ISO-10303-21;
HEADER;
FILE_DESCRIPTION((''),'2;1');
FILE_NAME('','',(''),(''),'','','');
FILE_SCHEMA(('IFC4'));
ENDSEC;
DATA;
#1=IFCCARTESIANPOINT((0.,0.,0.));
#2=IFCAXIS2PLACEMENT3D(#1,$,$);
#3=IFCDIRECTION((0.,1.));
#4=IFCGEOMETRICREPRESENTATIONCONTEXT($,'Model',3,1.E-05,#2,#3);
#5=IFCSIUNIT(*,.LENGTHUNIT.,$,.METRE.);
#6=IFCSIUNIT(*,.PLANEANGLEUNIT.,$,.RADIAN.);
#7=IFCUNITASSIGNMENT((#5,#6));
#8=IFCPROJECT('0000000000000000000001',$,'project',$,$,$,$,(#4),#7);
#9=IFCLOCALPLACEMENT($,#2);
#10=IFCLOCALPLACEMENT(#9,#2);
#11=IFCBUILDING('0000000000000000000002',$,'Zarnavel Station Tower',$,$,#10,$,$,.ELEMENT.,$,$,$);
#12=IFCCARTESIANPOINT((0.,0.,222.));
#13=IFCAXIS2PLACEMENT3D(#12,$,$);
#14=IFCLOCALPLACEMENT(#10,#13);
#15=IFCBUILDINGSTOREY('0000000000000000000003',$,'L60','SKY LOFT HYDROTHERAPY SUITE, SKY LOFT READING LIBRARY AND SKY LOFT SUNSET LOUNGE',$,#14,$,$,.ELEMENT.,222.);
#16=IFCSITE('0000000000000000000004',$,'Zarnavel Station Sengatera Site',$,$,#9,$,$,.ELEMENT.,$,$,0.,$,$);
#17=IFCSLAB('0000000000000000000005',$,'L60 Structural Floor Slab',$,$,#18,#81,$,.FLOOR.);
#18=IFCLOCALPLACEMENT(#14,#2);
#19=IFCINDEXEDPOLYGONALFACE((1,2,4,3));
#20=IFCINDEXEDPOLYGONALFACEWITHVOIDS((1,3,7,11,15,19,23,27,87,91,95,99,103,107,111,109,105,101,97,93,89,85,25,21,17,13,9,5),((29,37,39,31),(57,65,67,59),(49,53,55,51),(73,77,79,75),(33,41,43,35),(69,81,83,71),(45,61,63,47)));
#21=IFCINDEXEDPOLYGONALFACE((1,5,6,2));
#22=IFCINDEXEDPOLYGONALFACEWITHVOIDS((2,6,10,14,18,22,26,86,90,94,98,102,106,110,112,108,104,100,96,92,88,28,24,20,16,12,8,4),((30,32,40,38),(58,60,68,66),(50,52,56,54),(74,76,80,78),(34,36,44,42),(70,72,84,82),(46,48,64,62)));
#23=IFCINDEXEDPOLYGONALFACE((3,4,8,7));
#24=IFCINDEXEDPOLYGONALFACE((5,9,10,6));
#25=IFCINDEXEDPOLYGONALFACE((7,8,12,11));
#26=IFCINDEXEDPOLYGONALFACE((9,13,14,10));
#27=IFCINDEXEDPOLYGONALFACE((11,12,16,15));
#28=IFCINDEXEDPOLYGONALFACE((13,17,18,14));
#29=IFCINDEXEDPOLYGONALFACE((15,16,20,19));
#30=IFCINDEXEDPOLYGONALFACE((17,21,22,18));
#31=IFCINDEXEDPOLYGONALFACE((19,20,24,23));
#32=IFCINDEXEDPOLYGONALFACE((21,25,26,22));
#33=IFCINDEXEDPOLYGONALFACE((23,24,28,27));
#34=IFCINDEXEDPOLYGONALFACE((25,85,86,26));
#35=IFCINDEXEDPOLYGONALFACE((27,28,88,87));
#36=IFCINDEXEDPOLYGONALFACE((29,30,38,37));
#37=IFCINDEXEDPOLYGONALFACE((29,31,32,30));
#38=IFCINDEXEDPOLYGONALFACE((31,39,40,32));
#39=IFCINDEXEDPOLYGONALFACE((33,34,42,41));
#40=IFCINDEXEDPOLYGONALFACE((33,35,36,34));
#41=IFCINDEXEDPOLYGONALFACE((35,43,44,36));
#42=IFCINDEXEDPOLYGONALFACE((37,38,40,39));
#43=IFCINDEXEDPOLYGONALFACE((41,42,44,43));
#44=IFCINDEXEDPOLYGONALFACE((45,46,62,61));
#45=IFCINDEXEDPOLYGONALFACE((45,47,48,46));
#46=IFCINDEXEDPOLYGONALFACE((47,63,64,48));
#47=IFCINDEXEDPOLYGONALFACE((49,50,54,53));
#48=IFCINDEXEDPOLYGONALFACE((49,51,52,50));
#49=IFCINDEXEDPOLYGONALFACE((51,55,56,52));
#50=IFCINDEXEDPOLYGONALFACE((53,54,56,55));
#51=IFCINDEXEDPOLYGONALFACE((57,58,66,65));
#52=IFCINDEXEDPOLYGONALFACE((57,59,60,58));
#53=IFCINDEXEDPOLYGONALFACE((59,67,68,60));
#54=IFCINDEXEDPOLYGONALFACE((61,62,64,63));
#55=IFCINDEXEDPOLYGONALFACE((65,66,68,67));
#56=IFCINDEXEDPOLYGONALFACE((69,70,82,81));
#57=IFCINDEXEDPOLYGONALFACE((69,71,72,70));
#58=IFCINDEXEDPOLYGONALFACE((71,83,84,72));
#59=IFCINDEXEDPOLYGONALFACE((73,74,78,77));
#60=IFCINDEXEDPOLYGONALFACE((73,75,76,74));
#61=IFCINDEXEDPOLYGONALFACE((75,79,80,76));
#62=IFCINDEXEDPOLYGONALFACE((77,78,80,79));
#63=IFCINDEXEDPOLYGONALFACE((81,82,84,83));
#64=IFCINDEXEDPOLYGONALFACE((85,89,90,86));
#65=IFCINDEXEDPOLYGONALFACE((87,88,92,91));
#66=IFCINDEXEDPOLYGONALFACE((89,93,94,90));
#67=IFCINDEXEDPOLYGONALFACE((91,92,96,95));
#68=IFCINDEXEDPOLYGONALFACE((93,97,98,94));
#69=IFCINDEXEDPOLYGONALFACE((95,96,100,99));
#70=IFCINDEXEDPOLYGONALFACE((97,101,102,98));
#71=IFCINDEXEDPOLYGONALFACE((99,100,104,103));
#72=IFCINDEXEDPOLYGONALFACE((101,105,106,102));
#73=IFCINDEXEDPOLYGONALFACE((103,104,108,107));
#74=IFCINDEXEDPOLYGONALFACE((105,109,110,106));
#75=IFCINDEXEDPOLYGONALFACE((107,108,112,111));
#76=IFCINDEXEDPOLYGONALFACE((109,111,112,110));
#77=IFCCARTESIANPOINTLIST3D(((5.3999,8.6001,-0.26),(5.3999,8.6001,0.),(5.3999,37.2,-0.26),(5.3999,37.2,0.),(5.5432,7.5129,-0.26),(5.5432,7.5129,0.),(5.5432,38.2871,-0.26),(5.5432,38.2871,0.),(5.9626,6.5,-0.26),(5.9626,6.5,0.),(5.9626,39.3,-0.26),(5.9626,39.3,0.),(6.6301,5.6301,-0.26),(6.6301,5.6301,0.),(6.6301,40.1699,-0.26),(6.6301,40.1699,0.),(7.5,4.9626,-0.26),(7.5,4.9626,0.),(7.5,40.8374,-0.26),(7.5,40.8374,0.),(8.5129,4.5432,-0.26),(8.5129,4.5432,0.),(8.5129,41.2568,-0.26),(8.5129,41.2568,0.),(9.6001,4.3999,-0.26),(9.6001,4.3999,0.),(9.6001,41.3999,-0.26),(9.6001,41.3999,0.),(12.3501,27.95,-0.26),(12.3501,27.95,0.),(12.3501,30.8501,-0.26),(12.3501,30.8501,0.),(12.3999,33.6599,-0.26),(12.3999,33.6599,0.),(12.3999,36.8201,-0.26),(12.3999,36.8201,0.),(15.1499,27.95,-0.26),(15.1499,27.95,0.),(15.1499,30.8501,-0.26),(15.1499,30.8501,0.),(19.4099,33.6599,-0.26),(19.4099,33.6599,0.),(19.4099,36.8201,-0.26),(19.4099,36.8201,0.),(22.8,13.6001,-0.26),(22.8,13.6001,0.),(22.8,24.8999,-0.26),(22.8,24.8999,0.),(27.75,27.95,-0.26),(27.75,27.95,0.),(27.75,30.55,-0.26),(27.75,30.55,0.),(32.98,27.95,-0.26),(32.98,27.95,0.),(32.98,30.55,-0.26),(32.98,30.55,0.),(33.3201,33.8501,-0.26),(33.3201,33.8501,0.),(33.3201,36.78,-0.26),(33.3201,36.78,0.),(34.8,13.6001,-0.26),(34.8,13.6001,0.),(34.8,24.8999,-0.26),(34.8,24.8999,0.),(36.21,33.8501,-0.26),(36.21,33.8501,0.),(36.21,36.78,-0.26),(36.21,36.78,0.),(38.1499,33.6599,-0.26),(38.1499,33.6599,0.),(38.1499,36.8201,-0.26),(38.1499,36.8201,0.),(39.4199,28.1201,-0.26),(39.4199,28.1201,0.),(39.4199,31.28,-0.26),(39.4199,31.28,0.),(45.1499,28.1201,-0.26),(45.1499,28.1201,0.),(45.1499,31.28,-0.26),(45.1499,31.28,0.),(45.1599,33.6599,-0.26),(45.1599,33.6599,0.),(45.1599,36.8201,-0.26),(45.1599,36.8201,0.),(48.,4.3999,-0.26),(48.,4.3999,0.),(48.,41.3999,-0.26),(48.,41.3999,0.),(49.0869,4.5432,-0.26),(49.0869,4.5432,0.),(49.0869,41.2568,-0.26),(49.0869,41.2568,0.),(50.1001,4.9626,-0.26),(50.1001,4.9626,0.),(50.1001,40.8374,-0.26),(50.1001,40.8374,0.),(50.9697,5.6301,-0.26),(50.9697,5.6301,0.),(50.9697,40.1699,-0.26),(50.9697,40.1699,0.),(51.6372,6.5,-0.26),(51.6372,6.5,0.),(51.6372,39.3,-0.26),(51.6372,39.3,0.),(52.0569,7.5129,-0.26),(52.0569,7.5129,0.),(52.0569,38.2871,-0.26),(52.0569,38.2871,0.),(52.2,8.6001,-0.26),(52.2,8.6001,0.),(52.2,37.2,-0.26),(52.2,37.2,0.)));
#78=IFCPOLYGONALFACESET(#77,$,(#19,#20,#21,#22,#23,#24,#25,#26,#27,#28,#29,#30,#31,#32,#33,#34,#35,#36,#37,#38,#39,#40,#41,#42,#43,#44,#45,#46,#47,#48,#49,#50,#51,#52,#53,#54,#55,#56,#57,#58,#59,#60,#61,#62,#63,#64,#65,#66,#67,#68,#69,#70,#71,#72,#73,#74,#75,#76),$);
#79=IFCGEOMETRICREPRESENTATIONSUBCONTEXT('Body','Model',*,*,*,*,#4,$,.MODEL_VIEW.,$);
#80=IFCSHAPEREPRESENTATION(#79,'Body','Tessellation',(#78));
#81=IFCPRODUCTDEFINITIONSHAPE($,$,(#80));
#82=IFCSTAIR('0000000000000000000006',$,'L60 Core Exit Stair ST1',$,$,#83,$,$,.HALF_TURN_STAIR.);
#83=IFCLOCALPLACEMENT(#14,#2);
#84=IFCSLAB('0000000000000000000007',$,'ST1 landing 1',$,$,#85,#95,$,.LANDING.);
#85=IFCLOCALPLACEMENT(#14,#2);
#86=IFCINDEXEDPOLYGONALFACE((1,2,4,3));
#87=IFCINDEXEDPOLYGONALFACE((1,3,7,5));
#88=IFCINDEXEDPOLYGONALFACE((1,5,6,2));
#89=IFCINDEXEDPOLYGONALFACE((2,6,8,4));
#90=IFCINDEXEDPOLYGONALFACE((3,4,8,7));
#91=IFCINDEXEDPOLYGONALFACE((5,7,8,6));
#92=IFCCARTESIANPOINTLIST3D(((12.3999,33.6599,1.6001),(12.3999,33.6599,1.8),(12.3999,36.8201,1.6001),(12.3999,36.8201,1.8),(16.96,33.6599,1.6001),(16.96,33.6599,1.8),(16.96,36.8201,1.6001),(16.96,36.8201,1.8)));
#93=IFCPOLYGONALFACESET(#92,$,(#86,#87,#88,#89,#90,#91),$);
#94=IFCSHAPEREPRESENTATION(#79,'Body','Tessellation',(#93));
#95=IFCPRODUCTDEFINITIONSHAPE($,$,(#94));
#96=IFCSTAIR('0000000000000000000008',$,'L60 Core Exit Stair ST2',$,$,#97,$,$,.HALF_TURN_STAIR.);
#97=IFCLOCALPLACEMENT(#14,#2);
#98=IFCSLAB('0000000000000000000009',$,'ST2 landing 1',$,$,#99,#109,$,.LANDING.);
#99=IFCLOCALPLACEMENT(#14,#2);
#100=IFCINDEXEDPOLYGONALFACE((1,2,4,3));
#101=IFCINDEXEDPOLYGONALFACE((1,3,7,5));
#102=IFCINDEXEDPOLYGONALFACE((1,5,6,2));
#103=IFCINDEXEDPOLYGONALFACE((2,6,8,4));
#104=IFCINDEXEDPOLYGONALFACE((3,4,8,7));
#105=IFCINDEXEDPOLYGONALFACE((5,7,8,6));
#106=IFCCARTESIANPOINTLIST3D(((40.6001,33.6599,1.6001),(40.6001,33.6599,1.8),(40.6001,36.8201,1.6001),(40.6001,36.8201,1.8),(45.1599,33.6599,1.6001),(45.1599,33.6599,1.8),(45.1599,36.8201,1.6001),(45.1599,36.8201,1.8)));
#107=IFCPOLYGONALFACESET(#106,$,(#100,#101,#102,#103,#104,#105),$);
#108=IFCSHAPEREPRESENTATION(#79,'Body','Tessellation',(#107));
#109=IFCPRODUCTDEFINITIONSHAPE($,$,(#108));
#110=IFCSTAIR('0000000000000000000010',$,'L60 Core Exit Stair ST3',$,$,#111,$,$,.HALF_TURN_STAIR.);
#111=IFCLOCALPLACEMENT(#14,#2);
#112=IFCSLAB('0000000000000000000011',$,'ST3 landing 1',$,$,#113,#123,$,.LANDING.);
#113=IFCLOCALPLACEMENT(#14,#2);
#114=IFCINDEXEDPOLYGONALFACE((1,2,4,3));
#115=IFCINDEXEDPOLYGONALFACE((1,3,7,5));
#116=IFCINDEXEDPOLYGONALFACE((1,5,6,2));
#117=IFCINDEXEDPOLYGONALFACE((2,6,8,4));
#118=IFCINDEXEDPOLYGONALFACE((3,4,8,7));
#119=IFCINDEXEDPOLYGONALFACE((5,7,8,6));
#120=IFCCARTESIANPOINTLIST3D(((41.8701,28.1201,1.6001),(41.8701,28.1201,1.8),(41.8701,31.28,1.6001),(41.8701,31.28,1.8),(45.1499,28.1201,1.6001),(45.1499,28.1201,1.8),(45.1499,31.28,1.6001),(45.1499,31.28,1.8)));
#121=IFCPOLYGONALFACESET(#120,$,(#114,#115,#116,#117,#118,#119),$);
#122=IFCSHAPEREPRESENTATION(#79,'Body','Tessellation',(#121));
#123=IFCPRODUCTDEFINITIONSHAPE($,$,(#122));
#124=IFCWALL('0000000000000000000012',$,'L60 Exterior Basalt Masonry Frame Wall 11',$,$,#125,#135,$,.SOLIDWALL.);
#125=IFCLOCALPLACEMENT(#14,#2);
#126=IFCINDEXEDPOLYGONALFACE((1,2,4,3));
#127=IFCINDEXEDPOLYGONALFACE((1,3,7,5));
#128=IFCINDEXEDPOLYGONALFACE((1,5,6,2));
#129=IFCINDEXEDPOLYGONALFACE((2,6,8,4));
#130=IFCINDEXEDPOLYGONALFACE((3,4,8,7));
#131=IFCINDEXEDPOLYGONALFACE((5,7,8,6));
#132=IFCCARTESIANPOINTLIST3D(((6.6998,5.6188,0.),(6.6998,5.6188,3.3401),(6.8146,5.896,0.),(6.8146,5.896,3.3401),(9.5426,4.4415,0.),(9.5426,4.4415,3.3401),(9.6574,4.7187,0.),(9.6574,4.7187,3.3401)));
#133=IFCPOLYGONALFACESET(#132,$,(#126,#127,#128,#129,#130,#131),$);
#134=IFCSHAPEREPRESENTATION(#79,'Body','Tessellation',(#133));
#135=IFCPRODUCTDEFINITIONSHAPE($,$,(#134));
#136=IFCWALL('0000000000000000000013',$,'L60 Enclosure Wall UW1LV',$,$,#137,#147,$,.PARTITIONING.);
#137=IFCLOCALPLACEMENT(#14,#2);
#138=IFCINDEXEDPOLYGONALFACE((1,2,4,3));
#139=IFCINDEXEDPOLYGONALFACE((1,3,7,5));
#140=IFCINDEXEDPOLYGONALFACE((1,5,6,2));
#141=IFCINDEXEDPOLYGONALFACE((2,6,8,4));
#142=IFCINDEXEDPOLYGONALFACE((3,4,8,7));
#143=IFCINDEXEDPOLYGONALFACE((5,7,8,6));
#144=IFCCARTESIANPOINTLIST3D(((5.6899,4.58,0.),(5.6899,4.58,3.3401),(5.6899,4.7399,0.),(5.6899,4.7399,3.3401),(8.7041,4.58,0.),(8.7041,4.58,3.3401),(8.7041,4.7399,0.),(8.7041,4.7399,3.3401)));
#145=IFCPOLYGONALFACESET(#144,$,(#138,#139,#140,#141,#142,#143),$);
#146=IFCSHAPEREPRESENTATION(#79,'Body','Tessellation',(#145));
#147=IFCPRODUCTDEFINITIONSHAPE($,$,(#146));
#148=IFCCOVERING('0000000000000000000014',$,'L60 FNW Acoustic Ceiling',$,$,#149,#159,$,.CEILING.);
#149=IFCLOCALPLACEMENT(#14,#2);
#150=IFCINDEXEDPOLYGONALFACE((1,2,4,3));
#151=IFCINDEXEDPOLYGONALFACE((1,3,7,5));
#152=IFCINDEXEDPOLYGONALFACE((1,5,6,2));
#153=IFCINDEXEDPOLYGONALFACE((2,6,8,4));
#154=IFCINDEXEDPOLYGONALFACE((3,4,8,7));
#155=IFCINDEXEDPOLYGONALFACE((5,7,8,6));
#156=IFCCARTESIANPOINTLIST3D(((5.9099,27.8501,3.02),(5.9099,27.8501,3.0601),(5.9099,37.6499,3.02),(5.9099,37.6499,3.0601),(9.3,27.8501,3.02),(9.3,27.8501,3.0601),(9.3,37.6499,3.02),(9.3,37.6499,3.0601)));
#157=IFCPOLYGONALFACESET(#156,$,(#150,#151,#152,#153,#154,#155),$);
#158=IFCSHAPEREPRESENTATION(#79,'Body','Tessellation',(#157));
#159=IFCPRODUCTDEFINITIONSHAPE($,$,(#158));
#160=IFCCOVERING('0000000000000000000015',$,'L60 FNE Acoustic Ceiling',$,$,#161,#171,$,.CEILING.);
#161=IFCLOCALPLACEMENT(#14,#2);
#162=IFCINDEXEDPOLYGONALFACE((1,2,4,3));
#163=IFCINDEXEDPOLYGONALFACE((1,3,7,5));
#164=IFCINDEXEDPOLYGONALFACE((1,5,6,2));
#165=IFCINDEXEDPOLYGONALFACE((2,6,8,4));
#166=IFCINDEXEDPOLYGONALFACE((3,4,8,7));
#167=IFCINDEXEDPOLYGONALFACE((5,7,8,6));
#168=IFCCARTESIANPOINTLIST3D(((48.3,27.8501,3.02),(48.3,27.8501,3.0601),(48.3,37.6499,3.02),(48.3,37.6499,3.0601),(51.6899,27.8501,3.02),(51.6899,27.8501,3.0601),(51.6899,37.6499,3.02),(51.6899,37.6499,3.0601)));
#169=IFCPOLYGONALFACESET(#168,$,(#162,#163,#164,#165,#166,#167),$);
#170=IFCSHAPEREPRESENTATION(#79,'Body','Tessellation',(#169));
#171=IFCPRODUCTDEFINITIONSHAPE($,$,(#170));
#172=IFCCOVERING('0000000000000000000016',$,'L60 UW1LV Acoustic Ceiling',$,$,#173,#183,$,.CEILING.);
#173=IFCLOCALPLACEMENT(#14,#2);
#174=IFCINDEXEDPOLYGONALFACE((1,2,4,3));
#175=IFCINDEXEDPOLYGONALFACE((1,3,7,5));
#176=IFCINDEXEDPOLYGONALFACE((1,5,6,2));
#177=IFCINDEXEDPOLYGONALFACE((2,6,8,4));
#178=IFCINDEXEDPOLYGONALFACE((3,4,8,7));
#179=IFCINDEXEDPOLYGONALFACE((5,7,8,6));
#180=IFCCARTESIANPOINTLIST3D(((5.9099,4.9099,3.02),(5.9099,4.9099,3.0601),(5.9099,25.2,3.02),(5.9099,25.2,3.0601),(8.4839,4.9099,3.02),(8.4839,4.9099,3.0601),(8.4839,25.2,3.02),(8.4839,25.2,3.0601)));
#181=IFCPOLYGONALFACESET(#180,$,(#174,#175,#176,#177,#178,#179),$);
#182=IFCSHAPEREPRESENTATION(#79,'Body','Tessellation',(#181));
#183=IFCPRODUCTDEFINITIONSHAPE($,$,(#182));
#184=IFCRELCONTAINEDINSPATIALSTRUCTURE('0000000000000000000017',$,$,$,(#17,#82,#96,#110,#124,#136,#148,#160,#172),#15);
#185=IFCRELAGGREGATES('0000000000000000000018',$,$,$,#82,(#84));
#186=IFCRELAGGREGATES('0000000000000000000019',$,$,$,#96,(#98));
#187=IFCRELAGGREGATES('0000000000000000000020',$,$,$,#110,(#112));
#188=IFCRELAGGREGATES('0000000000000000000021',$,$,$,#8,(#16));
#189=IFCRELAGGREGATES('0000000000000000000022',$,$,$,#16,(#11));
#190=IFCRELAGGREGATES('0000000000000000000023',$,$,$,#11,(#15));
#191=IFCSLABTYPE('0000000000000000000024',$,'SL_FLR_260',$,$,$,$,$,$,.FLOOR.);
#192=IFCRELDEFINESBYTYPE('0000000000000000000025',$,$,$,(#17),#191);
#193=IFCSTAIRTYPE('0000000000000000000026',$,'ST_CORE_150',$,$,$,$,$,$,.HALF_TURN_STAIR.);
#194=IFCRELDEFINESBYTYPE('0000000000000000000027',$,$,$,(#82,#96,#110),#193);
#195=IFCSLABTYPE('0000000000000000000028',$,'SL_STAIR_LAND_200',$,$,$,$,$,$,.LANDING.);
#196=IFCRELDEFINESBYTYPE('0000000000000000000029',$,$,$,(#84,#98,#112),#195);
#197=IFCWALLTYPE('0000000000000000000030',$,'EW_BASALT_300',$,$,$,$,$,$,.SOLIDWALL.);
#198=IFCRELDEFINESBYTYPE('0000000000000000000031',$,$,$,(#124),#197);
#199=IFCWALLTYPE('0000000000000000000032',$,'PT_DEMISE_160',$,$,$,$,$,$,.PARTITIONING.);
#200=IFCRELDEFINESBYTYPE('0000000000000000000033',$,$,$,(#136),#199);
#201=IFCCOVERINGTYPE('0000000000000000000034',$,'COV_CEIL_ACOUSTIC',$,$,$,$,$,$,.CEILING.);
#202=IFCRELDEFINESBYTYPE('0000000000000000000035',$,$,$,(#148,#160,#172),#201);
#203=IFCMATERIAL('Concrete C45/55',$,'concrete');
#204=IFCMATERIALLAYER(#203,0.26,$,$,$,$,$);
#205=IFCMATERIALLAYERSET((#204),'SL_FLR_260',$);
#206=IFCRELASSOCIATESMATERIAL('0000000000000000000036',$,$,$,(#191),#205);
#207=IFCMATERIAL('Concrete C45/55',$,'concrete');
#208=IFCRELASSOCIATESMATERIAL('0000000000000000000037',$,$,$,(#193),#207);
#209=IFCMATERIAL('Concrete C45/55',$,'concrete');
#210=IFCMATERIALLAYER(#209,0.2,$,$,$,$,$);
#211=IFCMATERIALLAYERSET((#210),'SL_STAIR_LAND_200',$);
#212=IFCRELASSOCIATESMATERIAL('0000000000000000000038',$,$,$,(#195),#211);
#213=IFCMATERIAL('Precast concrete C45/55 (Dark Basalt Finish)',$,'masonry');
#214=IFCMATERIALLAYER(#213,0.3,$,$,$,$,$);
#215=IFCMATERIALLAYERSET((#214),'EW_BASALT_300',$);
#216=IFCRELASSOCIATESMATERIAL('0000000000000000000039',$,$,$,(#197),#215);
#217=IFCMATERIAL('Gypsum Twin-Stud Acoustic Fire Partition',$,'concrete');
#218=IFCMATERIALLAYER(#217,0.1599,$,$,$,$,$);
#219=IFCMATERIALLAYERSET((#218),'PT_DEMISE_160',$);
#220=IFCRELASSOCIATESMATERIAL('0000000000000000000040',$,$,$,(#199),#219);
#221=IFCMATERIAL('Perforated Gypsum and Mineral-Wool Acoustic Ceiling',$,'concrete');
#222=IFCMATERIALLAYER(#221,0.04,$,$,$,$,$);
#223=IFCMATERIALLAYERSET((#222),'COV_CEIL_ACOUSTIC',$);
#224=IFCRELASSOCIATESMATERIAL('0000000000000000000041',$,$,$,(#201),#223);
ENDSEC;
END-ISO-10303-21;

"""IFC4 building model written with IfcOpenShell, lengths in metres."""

from ifc_helpers import new_model, si_unit, direction, frame, frame_2d, origin, place, context, subcontext, project, spatial, polyline, rectangle, outline, extrude, material, layer, layer_set, type_object, element, aggregate, save


model = new_model("IFC4")

# Units and contexts
model_context = context("Model", 3, precision=1e-05, world=origin(), true_north=direction((0.0, 1.0)))
body_context = subcontext(model_context, "Body", "Model", "MODEL_VIEW")
ifc_project = project(units=[si_unit("LENGTHUNIT", "METRE"), si_unit("PLANEANGLEUNIT", "RADIAN")], contexts=[model_context])

# Site, building, storey
site_placement = place(None, origin())
site = spatial("IfcSite", under=ifc_project, at=site_placement, Name="Zarnavel Station Sengatera Site", CompositionType="ELEMENT", RefElevation=0.0)
building_placement = place(site_placement, origin())
building = spatial("IfcBuilding", under=site, at=building_placement, Name="Zarnavel Station Tower", CompositionType="ELEMENT")
storey_placement = place(building_placement, frame((0.0, 0.0, 222.0)))
storey = spatial("IfcBuildingStorey", under=building, at=storey_placement, Name="L60", Description="SKY LOFT HYDROTHERAPY SUITE, SKY LOFT READING LIBRARY AND SKY LOFT SUNSET LOUNGE", CompositionType="ELEMENT", Elevation=222.0)

# Slab
ifc_material_1 = material(Name="Concrete C45/55", Category="concrete")
ifc_layer_1 = layer(ifc_material_1, 0.26)
ifc_layer_set_1 = layer_set([ifc_layer_1], Name="SL_FLR_260")
slab_type_1 = type_object("IfcSlabType", Name="SL_FLR_260", PredefinedType="FLOOR", material=ifc_layer_set_1)
slab_1_placement = place(storey_placement, frame((0.0, 0.0, -0.26)))
element("IfcSlab", 1, at=slab_1_placement, inside=storey, type_object=slab_type_1, Name="L60 Structural Floor Slab", PredefinedType="FLOOR", context=body_context, shape_type="SweptSolid", body=[
    extrude(outline(polyline([(48.0, 4.3999), (49.0869, 4.5432), (50.1001, 4.9626), (50.9697, 5.6301), (51.6372, 6.5), (52.0569, 7.5129), (52.2, 8.6001), (52.2, 37.2), (52.0569, 38.2871), (51.6372, 39.3), (50.9697, 40.1699), (50.1001, 40.8374), (49.0869, 41.2568), (48.0, 41.3999), (9.6001, 41.3999), (8.5129, 41.2568), (7.5, 40.8374), (6.6301, 40.1699), (5.9626, 39.3), (5.5432, 38.2871), (5.3999, 37.2), (5.3999, 8.6001), (5.5432, 7.5129), (5.9626, 6.5), (6.6301, 5.6301), (7.5, 4.9626), (8.5129, 4.5432), (9.6001, 4.3999), (48.0, 4.3999)]), holes=[polyline([(12.3999, 33.6599), (19.4099, 33.6599), (19.4099, 36.8201), (12.3999, 36.8201), (12.3999, 33.6599)]), polyline([(38.1499, 33.6599), (45.1599, 33.6599), (45.1599, 36.8201), (38.1499, 36.8201), (38.1499, 33.6599)]), polyline([(39.4199, 28.1201), (45.1499, 28.1201), (45.1499, 31.28), (39.4199, 31.28), (39.4199, 28.1201)]), polyline([(12.3501, 27.95), (15.1499, 27.95), (15.1499, 30.8501), (12.3501, 30.8501), (12.3501, 27.95)]), polyline([(33.3201, 33.8501), (36.21, 33.8501), (36.21, 36.78), (33.3201, 36.78), (33.3201, 33.8501)]), polyline([(27.75, 27.95), (32.98, 27.95), (32.98, 30.55), (27.75, 30.55), (27.75, 27.95)]), polyline([(22.8, 13.6001), (34.8, 13.6001), (34.8, 24.8999), (22.8, 24.8999), (22.8, 13.6001)])]), origin(), (0.0, 0.0, 1.0), 0.26),
])

# Stairs, slabs
ifc_material_2 = material(Name="Concrete C45/55", Category="concrete")
stair_type = type_object("IfcStairType", Name="ST_CORE_150", PredefinedType="HALF_TURN_STAIR", material=ifc_material_2)
stair_1_placement = place(storey_placement, origin())
stair_1 = element("IfcStair", 2, at=stair_1_placement, inside=storey, type_object=stair_type, Name="L60 Core Exit Stair ST1", PredefinedType="HALF_TURN_STAIR")
ifc_material_3 = material(Name="Concrete C45/55", Category="concrete")
ifc_layer_2 = layer(ifc_material_3, 0.2)
ifc_layer_set_2 = layer_set([ifc_layer_2], Name="SL_STAIR_LAND_200")
slab_type_2 = type_object("IfcSlabType", Name="SL_STAIR_LAND_200", PredefinedType="LANDING", material=ifc_layer_set_2)
slab_2_placement = place(storey_placement, frame((0.0, 0.0, 1.6001)))
slab_2 = element("IfcSlab", 3, at=slab_2_placement, type_object=slab_type_2, Name="ST1 landing 1", PredefinedType="LANDING", context=body_context, shape_type="SweptSolid", body=[
    extrude(outline(polyline([(16.96, 36.8201), (12.3999, 36.8201), (12.3999, 33.6599), (16.96, 33.6599), (16.96, 36.8201)])), origin(), (0.0, 0.0, 1.0), 0.2),
])
aggregate(stair_1, [slab_2])
stair_2_placement = place(storey_placement, origin())
stair_2 = element("IfcStair", 4, at=stair_2_placement, inside=storey, type_object=stair_type, Name="L60 Core Exit Stair ST2", PredefinedType="HALF_TURN_STAIR")
slab_3_placement = place(storey_placement, frame((0.0, 0.0, 1.6001)))
slab_3 = element("IfcSlab", 5, at=slab_3_placement, type_object=slab_type_2, Name="ST2 landing 1", PredefinedType="LANDING", context=body_context, shape_type="SweptSolid", body=[
    extrude(outline(polyline([(40.6001, 33.6599), (45.1599, 33.6599), (45.1599, 36.8201), (40.6001, 36.8201), (40.6001, 33.6599)])), origin(), (0.0, 0.0, 1.0), 0.2),
])
aggregate(stair_2, [slab_3])
stair_3_placement = place(storey_placement, origin())
stair_3 = element("IfcStair", 6, at=stair_3_placement, inside=storey, type_object=stair_type, Name="L60 Core Exit Stair ST3", PredefinedType="HALF_TURN_STAIR")
slab_4_placement = place(storey_placement, frame((0.0, 0.0, 1.6001)))
slab_4 = element("IfcSlab", 7, at=slab_4_placement, type_object=slab_type_2, Name="ST3 landing 1", PredefinedType="LANDING", context=body_context, shape_type="SweptSolid", body=[
    extrude(outline(polyline([(41.8701, 28.1201), (45.1499, 28.1201), (45.1499, 31.28), (41.8701, 31.28), (41.8701, 28.1201)])), origin(), (0.0, 0.0, 1.0), 0.2),
])
aggregate(stair_3, [slab_4])

# Walls
ifc_material_4 = material(Name="Precast concrete C45/55 (Dark Basalt Finish)", Category="masonry")
ifc_layer_3 = layer(ifc_material_4, 0.3)
ifc_layer_set_3 = layer_set([ifc_layer_3], Name="EW_BASALT_300")
wall_type_1 = type_object("IfcWallType", Name="EW_BASALT_300", PredefinedType="SOLIDWALL", material=ifc_layer_set_3)
wall_1_placement = place(storey_placement, frame((9.6001, 4.5801, 0.0), z_axis=(0.0, 0.0, 1.0), x_axis=(-0.92391, 0.382609, 0.0)))
element("IfcWall", 8, at=wall_1_placement, inside=storey, type_object=wall_type_1, Name="L60 Exterior Basalt Masonry Frame Wall 11", PredefinedType="SOLIDWALL", context=body_context, shape_type="SweptSolid", body=[
    extrude(rectangle(XDim=3.0769, YDim=0.3, at=frame_2d((1.5386, 0.0))), origin(), (0.0, 0.0, 1.0), 3.3401),
])
ifc_material_5 = material(Name="Gypsum Twin-Stud Acoustic Fire Partition", Category="concrete")
ifc_layer_4 = layer(ifc_material_5, 0.1599)
ifc_layer_set_4 = layer_set([ifc_layer_4], Name="PT_DEMISE_160")
wall_type_2 = type_object("IfcWallType", Name="PT_DEMISE_160", PredefinedType="PARTITIONING", material=ifc_layer_set_4)
wall_2_placement = place(storey_placement, frame((5.6899, 4.6599, 0.0), z_axis=(0.0, 0.0, 1.0), x_axis=(1.0, 0.0, 0.0)))
element("IfcWall", 9, at=wall_2_placement, inside=storey, type_object=wall_type_2, Name="L60 Enclosure Wall UW1LV", PredefinedType="PARTITIONING", context=body_context, shape_type="SweptSolid", body=[
    extrude(rectangle(XDim=3.0142, YDim=0.1599, at=frame_2d((1.5071, 0.0))), origin(), (0.0, 0.0, 1.0), 3.3401),
])

# Coverings
ifc_material_6 = material(Name="Perforated Gypsum and Mineral-Wool Acoustic Ceiling", Category="concrete")
ifc_layer_5 = layer(ifc_material_6, 0.04)
ifc_layer_set_5 = layer_set([ifc_layer_5], Name="COV_CEIL_ACOUSTIC")
covering_type_1 = type_object("IfcCoveringType", Name="COV_CEIL_ACOUSTIC", PredefinedType="CEILING", material=ifc_layer_set_5)
covering_1_placement = place(storey_placement, frame((0.0, 0.0, 3.02)))
element("IfcCovering", 10, at=covering_1_placement, inside=storey, type_object=covering_type_1, Name="L60 FNW Acoustic Ceiling", PredefinedType="CEILING", context=body_context, shape_type="SweptSolid", body=[
    extrude(outline(polyline([(5.9099, 27.8501), (9.3, 27.8501), (9.3, 37.6499), (5.9099, 37.6499), (5.9099, 27.8501)])), origin(), (0.0, 0.0, 1.0), 0.04),
])
covering_2_placement = place(storey_placement, frame((0.0, 0.0, 3.02)))
element("IfcCovering", 11, at=covering_2_placement, inside=storey, type_object=covering_type_1, Name="L60 FNE Acoustic Ceiling", PredefinedType="CEILING", context=body_context, shape_type="SweptSolid", body=[
    extrude(outline(polyline([(48.3, 27.8501), (51.6899, 27.8501), (51.6899, 37.6499), (48.3, 37.6499), (48.3, 27.8501)])), origin(), (0.0, 0.0, 1.0), 0.04),
])
covering_3_placement = place(storey_placement, frame((0.0, 0.0, 3.02)))
element("IfcCovering", 12, at=covering_3_placement, inside=storey, type_object=covering_type_1, Name="L60 UW1LV Acoustic Ceiling", PredefinedType="CEILING", context=body_context, shape_type="SweptSolid", body=[
    extrude(outline(polyline([(5.9099, 4.9099), (8.4839, 4.9099), (8.4839, 25.2), (5.9099, 25.2), (5.9099, 4.9099)])), origin(), (0.0, 0.0, 1.0), 0.04),
])

save(model, "model.ifc")
